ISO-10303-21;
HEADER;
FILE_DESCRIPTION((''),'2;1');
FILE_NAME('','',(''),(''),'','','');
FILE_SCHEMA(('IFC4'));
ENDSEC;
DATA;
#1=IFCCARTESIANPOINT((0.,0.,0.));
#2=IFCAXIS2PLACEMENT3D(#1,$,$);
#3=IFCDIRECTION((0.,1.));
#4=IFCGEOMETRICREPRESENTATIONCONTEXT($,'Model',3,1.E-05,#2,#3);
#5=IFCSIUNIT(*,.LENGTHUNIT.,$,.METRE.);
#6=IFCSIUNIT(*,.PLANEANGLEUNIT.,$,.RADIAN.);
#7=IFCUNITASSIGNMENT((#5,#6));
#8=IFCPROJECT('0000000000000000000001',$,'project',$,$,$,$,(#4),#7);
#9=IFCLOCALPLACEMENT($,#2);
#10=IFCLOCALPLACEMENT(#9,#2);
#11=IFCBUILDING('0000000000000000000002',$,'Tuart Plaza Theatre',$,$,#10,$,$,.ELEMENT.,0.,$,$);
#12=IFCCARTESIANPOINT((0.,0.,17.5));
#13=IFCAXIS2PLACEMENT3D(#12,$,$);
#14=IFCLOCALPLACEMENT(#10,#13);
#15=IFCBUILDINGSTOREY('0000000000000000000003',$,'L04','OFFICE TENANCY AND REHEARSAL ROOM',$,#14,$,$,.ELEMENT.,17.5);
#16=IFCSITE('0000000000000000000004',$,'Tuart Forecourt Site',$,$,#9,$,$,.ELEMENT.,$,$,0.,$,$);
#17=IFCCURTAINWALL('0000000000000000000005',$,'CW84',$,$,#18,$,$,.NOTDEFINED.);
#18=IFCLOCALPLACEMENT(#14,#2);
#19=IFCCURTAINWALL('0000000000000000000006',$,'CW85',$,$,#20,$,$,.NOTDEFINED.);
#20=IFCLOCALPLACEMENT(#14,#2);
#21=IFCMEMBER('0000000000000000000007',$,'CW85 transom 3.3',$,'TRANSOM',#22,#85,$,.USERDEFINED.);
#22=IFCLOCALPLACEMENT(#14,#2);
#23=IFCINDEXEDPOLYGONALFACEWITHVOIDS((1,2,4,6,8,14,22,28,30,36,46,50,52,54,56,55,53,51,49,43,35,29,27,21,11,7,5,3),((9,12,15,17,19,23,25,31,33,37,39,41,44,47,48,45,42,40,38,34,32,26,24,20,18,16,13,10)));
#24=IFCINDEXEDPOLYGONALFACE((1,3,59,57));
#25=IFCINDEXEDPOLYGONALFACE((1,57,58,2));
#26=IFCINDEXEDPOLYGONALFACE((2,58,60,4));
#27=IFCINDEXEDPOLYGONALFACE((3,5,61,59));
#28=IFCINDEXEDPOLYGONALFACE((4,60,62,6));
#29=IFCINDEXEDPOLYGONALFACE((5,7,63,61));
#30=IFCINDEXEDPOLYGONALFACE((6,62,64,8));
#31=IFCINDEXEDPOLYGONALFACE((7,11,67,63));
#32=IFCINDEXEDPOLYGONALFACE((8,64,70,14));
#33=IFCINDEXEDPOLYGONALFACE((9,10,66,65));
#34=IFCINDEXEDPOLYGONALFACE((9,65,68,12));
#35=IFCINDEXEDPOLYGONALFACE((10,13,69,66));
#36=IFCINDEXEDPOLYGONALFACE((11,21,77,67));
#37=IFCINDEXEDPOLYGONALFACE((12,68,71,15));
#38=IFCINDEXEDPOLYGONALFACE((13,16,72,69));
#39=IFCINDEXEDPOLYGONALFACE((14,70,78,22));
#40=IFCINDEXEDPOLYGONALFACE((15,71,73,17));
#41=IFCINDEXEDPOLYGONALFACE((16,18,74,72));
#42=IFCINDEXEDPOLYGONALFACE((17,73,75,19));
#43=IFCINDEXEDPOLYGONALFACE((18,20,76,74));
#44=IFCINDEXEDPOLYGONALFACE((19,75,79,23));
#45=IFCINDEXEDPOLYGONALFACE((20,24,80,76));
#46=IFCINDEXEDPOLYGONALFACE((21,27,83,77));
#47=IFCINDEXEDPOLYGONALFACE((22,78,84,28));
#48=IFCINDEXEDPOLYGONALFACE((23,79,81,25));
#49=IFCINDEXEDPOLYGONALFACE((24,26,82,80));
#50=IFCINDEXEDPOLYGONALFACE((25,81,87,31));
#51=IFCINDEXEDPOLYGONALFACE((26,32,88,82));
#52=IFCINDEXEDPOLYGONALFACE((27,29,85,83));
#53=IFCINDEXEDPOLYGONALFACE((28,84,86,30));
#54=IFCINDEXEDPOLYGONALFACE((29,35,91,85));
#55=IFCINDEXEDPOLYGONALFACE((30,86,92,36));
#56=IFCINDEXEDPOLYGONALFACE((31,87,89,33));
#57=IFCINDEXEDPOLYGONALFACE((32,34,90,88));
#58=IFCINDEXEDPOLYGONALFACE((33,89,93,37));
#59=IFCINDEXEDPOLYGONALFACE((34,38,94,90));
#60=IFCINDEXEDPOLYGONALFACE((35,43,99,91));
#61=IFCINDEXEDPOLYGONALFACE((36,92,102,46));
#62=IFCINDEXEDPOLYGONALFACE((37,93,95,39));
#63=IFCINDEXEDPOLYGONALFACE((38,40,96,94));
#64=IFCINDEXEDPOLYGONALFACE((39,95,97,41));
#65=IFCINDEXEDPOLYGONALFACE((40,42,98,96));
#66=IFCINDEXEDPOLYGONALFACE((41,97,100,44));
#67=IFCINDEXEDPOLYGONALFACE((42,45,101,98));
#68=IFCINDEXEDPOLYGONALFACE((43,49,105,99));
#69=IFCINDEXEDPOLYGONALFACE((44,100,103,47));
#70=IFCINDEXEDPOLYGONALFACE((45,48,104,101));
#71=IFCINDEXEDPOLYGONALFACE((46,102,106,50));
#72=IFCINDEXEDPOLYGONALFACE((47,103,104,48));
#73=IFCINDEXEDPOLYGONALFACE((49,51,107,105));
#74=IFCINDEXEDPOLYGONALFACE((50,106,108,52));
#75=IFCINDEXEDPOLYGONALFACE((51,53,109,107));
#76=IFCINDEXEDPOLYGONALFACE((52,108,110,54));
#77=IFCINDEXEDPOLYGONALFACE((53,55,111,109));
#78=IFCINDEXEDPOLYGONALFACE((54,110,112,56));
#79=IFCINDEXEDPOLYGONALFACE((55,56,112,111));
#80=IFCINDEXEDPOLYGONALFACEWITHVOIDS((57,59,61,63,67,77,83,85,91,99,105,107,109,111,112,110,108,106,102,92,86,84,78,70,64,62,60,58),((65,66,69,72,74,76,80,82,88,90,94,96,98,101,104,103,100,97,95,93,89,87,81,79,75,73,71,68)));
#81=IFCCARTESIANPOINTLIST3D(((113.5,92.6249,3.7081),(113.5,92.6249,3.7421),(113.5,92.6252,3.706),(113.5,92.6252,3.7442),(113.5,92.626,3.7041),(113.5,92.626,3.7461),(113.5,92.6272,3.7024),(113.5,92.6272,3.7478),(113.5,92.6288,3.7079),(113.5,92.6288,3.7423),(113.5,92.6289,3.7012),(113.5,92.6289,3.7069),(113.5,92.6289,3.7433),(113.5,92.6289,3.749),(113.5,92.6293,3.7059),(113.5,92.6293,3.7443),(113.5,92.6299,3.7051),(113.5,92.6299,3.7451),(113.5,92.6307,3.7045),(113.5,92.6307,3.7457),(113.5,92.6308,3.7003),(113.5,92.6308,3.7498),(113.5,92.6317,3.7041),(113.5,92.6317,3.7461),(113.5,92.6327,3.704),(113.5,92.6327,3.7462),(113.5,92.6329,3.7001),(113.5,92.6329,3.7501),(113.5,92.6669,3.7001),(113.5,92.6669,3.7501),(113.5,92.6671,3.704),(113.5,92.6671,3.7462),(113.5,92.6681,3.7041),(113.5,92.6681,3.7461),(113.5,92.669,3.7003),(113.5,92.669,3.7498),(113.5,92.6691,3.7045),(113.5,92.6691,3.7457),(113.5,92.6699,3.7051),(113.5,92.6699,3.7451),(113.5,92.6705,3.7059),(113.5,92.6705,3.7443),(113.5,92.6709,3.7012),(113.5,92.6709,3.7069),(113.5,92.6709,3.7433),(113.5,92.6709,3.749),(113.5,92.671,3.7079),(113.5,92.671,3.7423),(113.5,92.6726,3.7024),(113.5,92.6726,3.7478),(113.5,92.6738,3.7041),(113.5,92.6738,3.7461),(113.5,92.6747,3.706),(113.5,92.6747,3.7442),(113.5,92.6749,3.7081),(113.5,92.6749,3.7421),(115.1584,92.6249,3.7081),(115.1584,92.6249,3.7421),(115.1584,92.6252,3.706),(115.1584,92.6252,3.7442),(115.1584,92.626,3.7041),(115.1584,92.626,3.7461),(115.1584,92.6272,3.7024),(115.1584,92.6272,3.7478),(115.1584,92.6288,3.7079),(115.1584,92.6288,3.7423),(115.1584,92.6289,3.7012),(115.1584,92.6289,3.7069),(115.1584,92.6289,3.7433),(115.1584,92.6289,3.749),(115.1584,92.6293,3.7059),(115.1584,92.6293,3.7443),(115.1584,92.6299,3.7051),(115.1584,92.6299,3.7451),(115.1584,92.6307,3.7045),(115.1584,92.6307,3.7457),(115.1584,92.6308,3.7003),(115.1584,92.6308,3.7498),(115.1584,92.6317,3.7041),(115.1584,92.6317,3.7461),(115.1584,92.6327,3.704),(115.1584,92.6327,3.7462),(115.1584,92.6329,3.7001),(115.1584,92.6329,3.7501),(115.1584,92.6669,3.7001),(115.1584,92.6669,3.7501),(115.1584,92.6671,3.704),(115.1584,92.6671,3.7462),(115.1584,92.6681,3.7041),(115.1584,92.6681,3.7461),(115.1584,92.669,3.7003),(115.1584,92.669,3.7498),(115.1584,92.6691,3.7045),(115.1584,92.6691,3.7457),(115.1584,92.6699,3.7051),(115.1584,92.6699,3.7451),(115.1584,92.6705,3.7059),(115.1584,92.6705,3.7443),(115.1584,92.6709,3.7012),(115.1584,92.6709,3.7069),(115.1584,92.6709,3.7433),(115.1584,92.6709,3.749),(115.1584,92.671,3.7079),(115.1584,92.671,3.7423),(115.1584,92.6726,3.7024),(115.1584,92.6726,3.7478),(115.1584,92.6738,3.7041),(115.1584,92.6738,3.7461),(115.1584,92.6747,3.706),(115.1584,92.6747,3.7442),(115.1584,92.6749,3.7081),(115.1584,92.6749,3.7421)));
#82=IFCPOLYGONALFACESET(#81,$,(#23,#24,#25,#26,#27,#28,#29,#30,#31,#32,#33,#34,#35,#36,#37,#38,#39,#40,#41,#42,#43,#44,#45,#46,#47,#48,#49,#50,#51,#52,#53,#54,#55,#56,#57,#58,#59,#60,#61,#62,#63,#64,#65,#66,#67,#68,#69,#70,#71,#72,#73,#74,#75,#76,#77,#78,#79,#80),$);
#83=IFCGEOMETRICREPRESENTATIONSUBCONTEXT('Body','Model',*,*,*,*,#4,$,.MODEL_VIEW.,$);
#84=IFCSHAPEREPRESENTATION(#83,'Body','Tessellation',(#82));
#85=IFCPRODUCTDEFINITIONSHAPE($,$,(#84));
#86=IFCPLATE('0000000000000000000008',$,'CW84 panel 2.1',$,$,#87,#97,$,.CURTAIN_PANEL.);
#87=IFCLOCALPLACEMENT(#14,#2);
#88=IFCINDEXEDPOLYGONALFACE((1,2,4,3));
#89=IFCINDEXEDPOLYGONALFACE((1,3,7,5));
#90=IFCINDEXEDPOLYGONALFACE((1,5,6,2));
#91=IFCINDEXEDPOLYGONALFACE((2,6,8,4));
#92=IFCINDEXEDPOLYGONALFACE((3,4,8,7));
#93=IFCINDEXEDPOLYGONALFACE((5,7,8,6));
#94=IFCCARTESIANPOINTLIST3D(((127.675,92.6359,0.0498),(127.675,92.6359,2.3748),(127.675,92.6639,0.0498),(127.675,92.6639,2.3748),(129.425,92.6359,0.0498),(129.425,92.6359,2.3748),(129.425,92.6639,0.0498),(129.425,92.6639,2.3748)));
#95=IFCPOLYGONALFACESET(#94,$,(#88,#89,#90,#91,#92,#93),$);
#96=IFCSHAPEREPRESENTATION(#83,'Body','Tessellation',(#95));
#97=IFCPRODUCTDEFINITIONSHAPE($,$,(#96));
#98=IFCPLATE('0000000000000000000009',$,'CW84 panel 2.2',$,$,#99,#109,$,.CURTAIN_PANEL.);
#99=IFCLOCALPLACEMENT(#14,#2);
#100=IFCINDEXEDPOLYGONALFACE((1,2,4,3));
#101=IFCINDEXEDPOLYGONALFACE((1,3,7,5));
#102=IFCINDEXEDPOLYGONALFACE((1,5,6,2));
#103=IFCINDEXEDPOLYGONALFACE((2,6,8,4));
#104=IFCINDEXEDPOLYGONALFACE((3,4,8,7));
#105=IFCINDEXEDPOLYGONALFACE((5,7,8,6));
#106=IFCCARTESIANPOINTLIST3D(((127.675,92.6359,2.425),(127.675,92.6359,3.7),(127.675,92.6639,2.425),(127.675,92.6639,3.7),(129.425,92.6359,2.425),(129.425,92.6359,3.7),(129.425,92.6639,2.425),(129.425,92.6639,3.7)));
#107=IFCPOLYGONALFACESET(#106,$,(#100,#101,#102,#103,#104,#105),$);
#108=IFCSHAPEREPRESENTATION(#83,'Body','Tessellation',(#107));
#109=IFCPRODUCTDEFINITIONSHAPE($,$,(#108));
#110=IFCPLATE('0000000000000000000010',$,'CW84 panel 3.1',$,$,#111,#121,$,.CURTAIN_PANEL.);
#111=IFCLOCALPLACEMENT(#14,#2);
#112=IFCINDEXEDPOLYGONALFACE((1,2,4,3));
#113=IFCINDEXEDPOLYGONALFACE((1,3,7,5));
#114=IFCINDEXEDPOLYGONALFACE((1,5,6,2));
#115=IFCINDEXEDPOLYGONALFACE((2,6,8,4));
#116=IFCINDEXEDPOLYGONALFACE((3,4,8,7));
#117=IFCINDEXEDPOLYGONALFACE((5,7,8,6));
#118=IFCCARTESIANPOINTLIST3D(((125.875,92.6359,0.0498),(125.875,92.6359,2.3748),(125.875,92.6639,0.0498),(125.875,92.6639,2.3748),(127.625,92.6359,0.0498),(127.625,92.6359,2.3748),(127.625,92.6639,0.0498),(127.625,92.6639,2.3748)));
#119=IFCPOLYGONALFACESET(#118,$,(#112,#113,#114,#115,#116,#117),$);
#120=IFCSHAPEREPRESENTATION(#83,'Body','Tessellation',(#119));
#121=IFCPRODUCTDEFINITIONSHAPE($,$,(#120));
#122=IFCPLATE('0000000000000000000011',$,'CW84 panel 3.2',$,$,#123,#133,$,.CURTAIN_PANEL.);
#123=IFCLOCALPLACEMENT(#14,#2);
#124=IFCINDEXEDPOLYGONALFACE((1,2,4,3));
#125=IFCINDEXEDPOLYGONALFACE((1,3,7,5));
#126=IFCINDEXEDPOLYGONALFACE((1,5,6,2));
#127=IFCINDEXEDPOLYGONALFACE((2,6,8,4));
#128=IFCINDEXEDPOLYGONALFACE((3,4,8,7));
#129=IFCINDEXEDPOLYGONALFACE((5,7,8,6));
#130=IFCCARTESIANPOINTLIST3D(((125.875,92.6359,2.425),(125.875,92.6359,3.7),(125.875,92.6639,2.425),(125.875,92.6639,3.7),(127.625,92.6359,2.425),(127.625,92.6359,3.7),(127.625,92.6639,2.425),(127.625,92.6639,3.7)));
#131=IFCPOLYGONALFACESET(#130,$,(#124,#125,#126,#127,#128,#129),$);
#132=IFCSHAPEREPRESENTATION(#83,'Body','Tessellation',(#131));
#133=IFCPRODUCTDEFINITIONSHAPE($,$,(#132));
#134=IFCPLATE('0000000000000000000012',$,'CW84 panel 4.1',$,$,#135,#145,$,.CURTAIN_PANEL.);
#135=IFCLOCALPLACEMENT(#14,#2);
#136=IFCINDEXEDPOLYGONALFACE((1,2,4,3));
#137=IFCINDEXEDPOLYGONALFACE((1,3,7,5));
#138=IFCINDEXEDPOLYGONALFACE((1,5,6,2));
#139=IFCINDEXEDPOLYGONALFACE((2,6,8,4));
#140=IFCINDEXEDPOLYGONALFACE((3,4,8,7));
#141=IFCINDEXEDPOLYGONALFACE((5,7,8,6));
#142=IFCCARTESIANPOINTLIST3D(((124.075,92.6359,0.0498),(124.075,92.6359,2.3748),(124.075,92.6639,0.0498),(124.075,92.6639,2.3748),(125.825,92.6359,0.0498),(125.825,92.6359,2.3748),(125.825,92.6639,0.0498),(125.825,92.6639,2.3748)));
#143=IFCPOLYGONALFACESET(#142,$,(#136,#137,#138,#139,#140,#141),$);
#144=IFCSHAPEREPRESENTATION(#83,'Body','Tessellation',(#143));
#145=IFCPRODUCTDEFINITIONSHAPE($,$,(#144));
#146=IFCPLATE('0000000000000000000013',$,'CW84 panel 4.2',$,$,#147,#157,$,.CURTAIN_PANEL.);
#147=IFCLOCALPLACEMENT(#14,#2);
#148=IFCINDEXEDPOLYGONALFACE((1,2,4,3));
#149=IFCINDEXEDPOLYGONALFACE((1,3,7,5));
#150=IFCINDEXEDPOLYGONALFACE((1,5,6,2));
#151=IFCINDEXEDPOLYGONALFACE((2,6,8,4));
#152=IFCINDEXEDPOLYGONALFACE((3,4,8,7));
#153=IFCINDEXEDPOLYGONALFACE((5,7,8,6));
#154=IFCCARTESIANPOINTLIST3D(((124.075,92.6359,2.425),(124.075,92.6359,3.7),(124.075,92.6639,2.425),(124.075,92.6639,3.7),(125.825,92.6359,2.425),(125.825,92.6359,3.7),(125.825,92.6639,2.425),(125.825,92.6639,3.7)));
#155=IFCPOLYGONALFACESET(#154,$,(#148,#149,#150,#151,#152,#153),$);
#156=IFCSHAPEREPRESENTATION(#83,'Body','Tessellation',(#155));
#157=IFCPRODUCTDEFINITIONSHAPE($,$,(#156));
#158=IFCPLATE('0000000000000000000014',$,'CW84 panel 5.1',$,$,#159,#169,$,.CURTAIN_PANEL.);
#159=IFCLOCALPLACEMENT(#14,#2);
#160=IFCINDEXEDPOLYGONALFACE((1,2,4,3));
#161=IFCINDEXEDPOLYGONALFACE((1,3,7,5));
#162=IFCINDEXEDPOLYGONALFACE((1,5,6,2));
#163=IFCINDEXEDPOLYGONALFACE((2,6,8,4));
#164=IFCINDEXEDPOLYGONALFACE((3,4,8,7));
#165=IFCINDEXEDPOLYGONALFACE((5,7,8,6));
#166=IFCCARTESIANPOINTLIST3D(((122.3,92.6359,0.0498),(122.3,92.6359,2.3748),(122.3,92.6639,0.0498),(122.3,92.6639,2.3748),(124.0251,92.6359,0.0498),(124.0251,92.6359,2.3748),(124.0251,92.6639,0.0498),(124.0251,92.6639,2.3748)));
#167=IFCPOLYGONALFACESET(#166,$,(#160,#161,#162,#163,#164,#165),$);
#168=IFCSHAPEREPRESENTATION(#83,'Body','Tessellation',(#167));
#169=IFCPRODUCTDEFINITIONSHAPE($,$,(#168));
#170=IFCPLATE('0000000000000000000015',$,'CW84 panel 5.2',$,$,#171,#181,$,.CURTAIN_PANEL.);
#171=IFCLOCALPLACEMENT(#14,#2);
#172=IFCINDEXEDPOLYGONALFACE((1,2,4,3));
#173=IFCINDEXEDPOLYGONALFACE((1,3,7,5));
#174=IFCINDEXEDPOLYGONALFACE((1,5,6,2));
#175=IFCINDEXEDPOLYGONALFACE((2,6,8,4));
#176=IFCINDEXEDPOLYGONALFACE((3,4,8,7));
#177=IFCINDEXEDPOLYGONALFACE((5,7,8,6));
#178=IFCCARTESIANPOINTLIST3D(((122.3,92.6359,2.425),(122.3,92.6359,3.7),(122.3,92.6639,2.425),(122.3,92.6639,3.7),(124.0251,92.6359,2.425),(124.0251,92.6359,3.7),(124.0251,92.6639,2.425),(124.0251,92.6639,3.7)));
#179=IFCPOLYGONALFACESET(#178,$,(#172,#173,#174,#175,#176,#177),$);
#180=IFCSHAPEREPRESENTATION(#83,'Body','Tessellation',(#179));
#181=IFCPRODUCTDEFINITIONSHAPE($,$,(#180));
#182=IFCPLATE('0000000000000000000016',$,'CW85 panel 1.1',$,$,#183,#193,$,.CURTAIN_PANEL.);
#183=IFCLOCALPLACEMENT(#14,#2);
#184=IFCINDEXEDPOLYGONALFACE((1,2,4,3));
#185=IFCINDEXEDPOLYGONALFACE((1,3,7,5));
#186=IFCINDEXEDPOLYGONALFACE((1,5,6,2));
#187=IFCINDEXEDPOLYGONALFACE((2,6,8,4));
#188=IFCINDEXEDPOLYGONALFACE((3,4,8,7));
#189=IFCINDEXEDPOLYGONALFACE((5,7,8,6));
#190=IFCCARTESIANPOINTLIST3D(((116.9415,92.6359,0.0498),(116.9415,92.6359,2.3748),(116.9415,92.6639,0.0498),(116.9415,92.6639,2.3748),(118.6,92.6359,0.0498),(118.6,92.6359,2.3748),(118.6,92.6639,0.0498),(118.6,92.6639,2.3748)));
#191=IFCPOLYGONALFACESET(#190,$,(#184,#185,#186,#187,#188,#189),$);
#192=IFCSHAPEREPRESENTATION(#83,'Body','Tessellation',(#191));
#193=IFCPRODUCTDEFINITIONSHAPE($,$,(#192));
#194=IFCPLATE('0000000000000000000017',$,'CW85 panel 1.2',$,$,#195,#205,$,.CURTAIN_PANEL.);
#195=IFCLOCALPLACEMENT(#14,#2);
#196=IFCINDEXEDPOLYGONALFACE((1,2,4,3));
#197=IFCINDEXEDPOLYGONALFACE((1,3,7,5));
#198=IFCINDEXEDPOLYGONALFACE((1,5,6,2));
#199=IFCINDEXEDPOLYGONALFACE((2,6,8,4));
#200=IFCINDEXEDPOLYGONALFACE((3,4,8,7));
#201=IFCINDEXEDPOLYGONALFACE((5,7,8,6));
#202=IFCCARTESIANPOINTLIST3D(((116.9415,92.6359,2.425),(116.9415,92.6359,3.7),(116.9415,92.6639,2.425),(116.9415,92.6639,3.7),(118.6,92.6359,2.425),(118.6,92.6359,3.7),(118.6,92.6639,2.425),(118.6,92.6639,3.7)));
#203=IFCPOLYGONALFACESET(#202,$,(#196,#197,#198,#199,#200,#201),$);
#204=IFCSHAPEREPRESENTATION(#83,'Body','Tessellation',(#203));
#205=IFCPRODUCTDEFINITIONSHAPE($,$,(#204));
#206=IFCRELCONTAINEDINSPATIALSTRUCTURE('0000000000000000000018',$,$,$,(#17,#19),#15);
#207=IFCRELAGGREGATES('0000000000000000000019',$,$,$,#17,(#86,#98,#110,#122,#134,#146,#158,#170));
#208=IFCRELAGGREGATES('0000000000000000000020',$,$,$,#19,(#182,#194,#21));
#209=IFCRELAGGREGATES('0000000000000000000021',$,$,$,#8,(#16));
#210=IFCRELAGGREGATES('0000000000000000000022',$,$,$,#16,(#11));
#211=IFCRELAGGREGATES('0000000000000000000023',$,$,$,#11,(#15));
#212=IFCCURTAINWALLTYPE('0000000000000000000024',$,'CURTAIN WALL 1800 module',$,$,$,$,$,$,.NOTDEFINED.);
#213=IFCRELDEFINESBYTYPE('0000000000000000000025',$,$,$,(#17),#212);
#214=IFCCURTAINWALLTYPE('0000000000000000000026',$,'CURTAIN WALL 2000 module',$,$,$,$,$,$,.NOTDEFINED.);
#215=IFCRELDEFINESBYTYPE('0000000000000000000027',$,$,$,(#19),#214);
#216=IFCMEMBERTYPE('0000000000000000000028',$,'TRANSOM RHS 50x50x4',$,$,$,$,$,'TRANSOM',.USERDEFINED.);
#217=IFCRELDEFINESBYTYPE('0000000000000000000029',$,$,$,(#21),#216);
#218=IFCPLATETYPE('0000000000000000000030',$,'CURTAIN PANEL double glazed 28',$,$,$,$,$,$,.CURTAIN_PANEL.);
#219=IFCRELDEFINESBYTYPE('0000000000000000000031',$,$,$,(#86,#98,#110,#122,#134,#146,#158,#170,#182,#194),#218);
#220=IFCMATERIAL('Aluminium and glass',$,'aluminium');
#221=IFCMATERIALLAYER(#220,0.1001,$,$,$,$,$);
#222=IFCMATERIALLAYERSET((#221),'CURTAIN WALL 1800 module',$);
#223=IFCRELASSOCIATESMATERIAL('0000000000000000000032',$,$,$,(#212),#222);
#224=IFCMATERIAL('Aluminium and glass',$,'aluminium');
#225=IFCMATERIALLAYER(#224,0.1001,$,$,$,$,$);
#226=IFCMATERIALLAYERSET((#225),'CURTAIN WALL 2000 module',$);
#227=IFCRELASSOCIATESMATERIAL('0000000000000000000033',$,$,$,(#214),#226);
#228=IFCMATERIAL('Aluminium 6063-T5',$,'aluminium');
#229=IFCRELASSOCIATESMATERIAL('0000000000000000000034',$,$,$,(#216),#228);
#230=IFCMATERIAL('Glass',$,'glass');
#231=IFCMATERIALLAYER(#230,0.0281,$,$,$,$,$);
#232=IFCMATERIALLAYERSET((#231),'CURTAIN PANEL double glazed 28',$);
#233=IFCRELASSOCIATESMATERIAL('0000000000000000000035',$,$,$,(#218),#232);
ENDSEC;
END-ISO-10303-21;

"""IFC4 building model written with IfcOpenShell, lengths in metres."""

from ifc_helpers import new_model, si_unit, direction, frame, origin, origin_2d, place, context, subcontext, project, spatial, rectangle, hollow_rectangle, extrude, material, layer, layer_set, material_profile, profile_set, type_object, element, aggregate, save


model = new_model("IFC4")

# Units and contexts
model_context = context("Model", 3, precision=1e-05, world=origin(), true_north=direction((0.0, 1.0)))
body_context = subcontext(model_context, "Body", "Model", "MODEL_VIEW")
ifc_project = project(units=[si_unit("LENGTHUNIT", "METRE"), si_unit("PLANEANGLEUNIT", "RADIAN")], contexts=[model_context])

# Site, building, storey
site_placement = place(None, origin())
site = spatial("IfcSite", under=ifc_project, at=site_placement, Name="Tuart Forecourt Site", CompositionType="ELEMENT", RefElevation=0.0)
building_placement = place(site_placement, origin())
building = spatial("IfcBuilding", under=site, at=building_placement, Name="Tuart Plaza Theatre", CompositionType="ELEMENT", ElevationOfRefHeight=0.0)
storey_placement = place(building_placement, frame((0.0, 0.0, 17.5)))
storey = spatial("IfcBuildingStorey", under=building, at=storey_placement, Name="L04", Description="OFFICE TENANCY AND REHEARSAL ROOM", CompositionType="ELEMENT", Elevation=17.5)

# Curtain walls
ifc_material_1 = material(Name="Aluminium and glass", Category="aluminium")
ifc_layer_1 = layer(ifc_material_1, 0.1001)
ifc_layer_set_1 = layer_set([ifc_layer_1], Name="CURTAIN WALL 1800 module")
curtain_wall_type_1 = type_object("IfcCurtainWallType", Name="CURTAIN WALL 1800 module", PredefinedType="NOTDEFINED", material=ifc_layer_set_1)
curtain_wall_1_placement = place(storey_placement, origin())
curtain_wall_1 = element("IfcCurtainWall", 1, at=curtain_wall_1_placement, inside=storey, type_object=curtain_wall_type_1, Name="CW84", PredefinedType="NOTDEFINED")
ifc_material_2 = material(Name="Aluminium and glass", Category="aluminium")
ifc_layer_2 = layer(ifc_material_2, 0.1001)
ifc_layer_set_2 = layer_set([ifc_layer_2], Name="CURTAIN WALL 2000 module")
curtain_wall_type_2 = type_object("IfcCurtainWallType", Name="CURTAIN WALL 2000 module", PredefinedType="NOTDEFINED", material=ifc_layer_set_2)
curtain_wall_2_placement = place(storey_placement, origin())
curtain_wall_2 = element("IfcCurtainWall", 2, at=curtain_wall_2_placement, inside=storey, type_object=curtain_wall_type_2, Name="CW85", PredefinedType="NOTDEFINED")

# Member
ifc_material_3 = material(Name="Aluminium 6063-T5", Category="aluminium")
ifc_material_profile_1 = material_profile(ifc_material_3, hollow_rectangle(XDim=0.05, YDim=0.05, WallThickness=0.0039, InnerFilletRadius=0.0039, OuterFilletRadius=0.0081, at=origin_2d()), Name="RHS 50x50x4")
ifc_profile_set_1 = profile_set([ifc_material_profile_1], Name="Aluminium 6063-T5")
member_type_1 = type_object("IfcMemberType", Name="TRANSOM RHS 50x50x4", ElementType="TRANSOM", PredefinedType="USERDEFINED", material=ifc_profile_set_1)
member_1_placement = place(storey_placement, frame((115.1584, 92.6499, 3.7251), z_axis=(-1.0, 0.0, 0.0), x_axis=(0.0, -1.0, 0.0)))
member_1 = element("IfcMember", 3, at=member_1_placement, type_object=member_type_1, Name="CW85 transom 3.3", ObjectType="TRANSOM", PredefinedType="USERDEFINED", context=body_context, shape_type="SweptSolid", body=[
    extrude(hollow_rectangle(XDim=0.05, YDim=0.05, WallThickness=0.0039, InnerFilletRadius=0.0039, OuterFilletRadius=0.0081, at=origin_2d()), origin(), (0.0, 0.0, 1.0), 1.6584),
])

# Plates
ifc_material_4 = material(Name="Glass", Category="glass")
ifc_layer_3 = layer(ifc_material_4, 0.0281)
ifc_layer_set_3 = layer_set([ifc_layer_3], Name="CURTAIN PANEL double glazed 28")
plate_type = type_object("IfcPlateType", Name="CURTAIN PANEL double glazed 28", PredefinedType="CURTAIN_PANEL", material=ifc_layer_set_3)
plate_1_placement = place(storey_placement, frame((128.55, 92.6499, 0.0498), z_axis=(0.0, 0.0, 1.0), x_axis=(-1.0, 0.0, 0.0)))
plate_1 = element("IfcPlate", 4, at=plate_1_placement, type_object=plate_type, Name="CW84 panel 2.1", PredefinedType="CURTAIN_PANEL", context=body_context, shape_type="SweptSolid", body=[
    extrude(rectangle(XDim=1.75, YDim=0.0281, at=origin_2d()), origin(), (0.0, 0.0, 1.0), 2.325),
])
plate_2_placement = place(storey_placement, frame((128.55, 92.6499, 2.425), z_axis=(0.0, 0.0, 1.0), x_axis=(-1.0, 0.0, 0.0)))
plate_2 = element("IfcPlate", 5, at=plate_2_placement, type_object=plate_type, Name="CW84 panel 2.2", PredefinedType="CURTAIN_PANEL", context=body_context, shape_type="SweptSolid", body=[
    extrude(rectangle(XDim=1.75, YDim=0.0281, at=origin_2d()), origin(), (0.0, 0.0, 1.0), 1.2749),
])
plate_3_placement = place(storey_placement, frame((126.75, 92.6499, 0.0498), z_axis=(0.0, 0.0, 1.0), x_axis=(-1.0, 0.0, 0.0)))
plate_3 = element("IfcPlate", 6, at=plate_3_placement, type_object=plate_type, Name="CW84 panel 3.1", PredefinedType="CURTAIN_PANEL", context=body_context, shape_type="SweptSolid", body=[
    extrude(rectangle(XDim=1.75, YDim=0.0281, at=origin_2d()), origin(), (0.0, 0.0, 1.0), 2.325),
])
plate_4_placement = place(storey_placement, frame((126.75, 92.6499, 2.425), z_axis=(0.0, 0.0, 1.0), x_axis=(-1.0, 0.0, 0.0)))
plate_4 = element("IfcPlate", 7, at=plate_4_placement, type_object=plate_type, Name="CW84 panel 3.2", PredefinedType="CURTAIN_PANEL", context=body_context, shape_type="SweptSolid", body=[
    extrude(rectangle(XDim=1.75, YDim=0.0281, at=origin_2d()), origin(), (0.0, 0.0, 1.0), 1.2749),
])
plate_5_placement = place(storey_placement, frame((124.95, 92.6499, 0.0498), z_axis=(0.0, 0.0, 1.0), x_axis=(-1.0, 0.0, 0.0)))
plate_5 = element("IfcPlate", 8, at=plate_5_placement, type_object=plate_type, Name="CW84 panel 4.1", PredefinedType="CURTAIN_PANEL", context=body_context, shape_type="SweptSolid", body=[
    extrude(rectangle(XDim=1.75, YDim=0.0281, at=origin_2d()), origin(), (0.0, 0.0, 1.0), 2.325),
])
plate_6_placement = place(storey_placement, frame((124.95, 92.6499, 2.425), z_axis=(0.0, 0.0, 1.0), x_axis=(-1.0, 0.0, 0.0)))
plate_6 = element("IfcPlate", 9, at=plate_6_placement, type_object=plate_type, Name="CW84 panel 4.2", PredefinedType="CURTAIN_PANEL", context=body_context, shape_type="SweptSolid", body=[
    extrude(rectangle(XDim=1.75, YDim=0.0281, at=origin_2d()), origin(), (0.0, 0.0, 1.0), 1.2749),
])
plate_7_placement = place(storey_placement, frame((123.1626, 92.6499, 0.0498), z_axis=(0.0, 0.0, 1.0), x_axis=(-1.0, 0.0, 0.0)))
plate_7 = element("IfcPlate", 10, at=plate_7_placement, type_object=plate_type, Name="CW84 panel 5.1", PredefinedType="CURTAIN_PANEL", context=body_context, shape_type="SweptSolid", body=[
    extrude(rectangle(XDim=1.7251, YDim=0.0281, at=origin_2d()), origin(), (0.0, 0.0, 1.0), 2.325),
])
plate_8_placement = place(storey_placement, frame((123.1626, 92.6499, 2.425), z_axis=(0.0, 0.0, 1.0), x_axis=(-1.0, 0.0, 0.0)))
plate_8 = element("IfcPlate", 11, at=plate_8_placement, type_object=plate_type, Name="CW84 panel 5.2", PredefinedType="CURTAIN_PANEL", context=body_context, shape_type="SweptSolid", body=[
    extrude(rectangle(XDim=1.7251, YDim=0.0281, at=origin_2d()), origin(), (0.0, 0.0, 1.0), 1.2749),
])
aggregate(curtain_wall_1, [plate_1, plate_2, plate_3, plate_4, plate_5, plate_6, plate_7, plate_8])
plate_9_placement = place(storey_placement, frame((117.7708, 92.6499, 0.0498), z_axis=(0.0, 0.0, 1.0), x_axis=(-1.0, 0.0, 0.0)))
plate_9 = element("IfcPlate", 12, at=plate_9_placement, type_object=plate_type, Name="CW85 panel 1.1", PredefinedType="CURTAIN_PANEL", context=body_context, shape_type="SweptSolid", body=[
    extrude(rectangle(XDim=1.6584, YDim=0.0281, at=origin_2d()), origin(), (0.0, 0.0, 1.0), 2.325),
])
plate_10_placement = place(storey_placement, frame((117.7708, 92.6499, 2.425), z_axis=(0.0, 0.0, 1.0), x_axis=(-1.0, 0.0, 0.0)))
plate_10 = element("IfcPlate", 13, at=plate_10_placement, type_object=plate_type, Name="CW85 panel 1.2", PredefinedType="CURTAIN_PANEL", context=body_context, shape_type="SweptSolid", body=[
    extrude(rectangle(XDim=1.6584, YDim=0.0281, at=origin_2d()), origin(), (0.0, 0.0, 1.0), 1.2749),
])
aggregate(curtain_wall_2, [plate_9, plate_10, member_1])

save(model, "model.ifc")
